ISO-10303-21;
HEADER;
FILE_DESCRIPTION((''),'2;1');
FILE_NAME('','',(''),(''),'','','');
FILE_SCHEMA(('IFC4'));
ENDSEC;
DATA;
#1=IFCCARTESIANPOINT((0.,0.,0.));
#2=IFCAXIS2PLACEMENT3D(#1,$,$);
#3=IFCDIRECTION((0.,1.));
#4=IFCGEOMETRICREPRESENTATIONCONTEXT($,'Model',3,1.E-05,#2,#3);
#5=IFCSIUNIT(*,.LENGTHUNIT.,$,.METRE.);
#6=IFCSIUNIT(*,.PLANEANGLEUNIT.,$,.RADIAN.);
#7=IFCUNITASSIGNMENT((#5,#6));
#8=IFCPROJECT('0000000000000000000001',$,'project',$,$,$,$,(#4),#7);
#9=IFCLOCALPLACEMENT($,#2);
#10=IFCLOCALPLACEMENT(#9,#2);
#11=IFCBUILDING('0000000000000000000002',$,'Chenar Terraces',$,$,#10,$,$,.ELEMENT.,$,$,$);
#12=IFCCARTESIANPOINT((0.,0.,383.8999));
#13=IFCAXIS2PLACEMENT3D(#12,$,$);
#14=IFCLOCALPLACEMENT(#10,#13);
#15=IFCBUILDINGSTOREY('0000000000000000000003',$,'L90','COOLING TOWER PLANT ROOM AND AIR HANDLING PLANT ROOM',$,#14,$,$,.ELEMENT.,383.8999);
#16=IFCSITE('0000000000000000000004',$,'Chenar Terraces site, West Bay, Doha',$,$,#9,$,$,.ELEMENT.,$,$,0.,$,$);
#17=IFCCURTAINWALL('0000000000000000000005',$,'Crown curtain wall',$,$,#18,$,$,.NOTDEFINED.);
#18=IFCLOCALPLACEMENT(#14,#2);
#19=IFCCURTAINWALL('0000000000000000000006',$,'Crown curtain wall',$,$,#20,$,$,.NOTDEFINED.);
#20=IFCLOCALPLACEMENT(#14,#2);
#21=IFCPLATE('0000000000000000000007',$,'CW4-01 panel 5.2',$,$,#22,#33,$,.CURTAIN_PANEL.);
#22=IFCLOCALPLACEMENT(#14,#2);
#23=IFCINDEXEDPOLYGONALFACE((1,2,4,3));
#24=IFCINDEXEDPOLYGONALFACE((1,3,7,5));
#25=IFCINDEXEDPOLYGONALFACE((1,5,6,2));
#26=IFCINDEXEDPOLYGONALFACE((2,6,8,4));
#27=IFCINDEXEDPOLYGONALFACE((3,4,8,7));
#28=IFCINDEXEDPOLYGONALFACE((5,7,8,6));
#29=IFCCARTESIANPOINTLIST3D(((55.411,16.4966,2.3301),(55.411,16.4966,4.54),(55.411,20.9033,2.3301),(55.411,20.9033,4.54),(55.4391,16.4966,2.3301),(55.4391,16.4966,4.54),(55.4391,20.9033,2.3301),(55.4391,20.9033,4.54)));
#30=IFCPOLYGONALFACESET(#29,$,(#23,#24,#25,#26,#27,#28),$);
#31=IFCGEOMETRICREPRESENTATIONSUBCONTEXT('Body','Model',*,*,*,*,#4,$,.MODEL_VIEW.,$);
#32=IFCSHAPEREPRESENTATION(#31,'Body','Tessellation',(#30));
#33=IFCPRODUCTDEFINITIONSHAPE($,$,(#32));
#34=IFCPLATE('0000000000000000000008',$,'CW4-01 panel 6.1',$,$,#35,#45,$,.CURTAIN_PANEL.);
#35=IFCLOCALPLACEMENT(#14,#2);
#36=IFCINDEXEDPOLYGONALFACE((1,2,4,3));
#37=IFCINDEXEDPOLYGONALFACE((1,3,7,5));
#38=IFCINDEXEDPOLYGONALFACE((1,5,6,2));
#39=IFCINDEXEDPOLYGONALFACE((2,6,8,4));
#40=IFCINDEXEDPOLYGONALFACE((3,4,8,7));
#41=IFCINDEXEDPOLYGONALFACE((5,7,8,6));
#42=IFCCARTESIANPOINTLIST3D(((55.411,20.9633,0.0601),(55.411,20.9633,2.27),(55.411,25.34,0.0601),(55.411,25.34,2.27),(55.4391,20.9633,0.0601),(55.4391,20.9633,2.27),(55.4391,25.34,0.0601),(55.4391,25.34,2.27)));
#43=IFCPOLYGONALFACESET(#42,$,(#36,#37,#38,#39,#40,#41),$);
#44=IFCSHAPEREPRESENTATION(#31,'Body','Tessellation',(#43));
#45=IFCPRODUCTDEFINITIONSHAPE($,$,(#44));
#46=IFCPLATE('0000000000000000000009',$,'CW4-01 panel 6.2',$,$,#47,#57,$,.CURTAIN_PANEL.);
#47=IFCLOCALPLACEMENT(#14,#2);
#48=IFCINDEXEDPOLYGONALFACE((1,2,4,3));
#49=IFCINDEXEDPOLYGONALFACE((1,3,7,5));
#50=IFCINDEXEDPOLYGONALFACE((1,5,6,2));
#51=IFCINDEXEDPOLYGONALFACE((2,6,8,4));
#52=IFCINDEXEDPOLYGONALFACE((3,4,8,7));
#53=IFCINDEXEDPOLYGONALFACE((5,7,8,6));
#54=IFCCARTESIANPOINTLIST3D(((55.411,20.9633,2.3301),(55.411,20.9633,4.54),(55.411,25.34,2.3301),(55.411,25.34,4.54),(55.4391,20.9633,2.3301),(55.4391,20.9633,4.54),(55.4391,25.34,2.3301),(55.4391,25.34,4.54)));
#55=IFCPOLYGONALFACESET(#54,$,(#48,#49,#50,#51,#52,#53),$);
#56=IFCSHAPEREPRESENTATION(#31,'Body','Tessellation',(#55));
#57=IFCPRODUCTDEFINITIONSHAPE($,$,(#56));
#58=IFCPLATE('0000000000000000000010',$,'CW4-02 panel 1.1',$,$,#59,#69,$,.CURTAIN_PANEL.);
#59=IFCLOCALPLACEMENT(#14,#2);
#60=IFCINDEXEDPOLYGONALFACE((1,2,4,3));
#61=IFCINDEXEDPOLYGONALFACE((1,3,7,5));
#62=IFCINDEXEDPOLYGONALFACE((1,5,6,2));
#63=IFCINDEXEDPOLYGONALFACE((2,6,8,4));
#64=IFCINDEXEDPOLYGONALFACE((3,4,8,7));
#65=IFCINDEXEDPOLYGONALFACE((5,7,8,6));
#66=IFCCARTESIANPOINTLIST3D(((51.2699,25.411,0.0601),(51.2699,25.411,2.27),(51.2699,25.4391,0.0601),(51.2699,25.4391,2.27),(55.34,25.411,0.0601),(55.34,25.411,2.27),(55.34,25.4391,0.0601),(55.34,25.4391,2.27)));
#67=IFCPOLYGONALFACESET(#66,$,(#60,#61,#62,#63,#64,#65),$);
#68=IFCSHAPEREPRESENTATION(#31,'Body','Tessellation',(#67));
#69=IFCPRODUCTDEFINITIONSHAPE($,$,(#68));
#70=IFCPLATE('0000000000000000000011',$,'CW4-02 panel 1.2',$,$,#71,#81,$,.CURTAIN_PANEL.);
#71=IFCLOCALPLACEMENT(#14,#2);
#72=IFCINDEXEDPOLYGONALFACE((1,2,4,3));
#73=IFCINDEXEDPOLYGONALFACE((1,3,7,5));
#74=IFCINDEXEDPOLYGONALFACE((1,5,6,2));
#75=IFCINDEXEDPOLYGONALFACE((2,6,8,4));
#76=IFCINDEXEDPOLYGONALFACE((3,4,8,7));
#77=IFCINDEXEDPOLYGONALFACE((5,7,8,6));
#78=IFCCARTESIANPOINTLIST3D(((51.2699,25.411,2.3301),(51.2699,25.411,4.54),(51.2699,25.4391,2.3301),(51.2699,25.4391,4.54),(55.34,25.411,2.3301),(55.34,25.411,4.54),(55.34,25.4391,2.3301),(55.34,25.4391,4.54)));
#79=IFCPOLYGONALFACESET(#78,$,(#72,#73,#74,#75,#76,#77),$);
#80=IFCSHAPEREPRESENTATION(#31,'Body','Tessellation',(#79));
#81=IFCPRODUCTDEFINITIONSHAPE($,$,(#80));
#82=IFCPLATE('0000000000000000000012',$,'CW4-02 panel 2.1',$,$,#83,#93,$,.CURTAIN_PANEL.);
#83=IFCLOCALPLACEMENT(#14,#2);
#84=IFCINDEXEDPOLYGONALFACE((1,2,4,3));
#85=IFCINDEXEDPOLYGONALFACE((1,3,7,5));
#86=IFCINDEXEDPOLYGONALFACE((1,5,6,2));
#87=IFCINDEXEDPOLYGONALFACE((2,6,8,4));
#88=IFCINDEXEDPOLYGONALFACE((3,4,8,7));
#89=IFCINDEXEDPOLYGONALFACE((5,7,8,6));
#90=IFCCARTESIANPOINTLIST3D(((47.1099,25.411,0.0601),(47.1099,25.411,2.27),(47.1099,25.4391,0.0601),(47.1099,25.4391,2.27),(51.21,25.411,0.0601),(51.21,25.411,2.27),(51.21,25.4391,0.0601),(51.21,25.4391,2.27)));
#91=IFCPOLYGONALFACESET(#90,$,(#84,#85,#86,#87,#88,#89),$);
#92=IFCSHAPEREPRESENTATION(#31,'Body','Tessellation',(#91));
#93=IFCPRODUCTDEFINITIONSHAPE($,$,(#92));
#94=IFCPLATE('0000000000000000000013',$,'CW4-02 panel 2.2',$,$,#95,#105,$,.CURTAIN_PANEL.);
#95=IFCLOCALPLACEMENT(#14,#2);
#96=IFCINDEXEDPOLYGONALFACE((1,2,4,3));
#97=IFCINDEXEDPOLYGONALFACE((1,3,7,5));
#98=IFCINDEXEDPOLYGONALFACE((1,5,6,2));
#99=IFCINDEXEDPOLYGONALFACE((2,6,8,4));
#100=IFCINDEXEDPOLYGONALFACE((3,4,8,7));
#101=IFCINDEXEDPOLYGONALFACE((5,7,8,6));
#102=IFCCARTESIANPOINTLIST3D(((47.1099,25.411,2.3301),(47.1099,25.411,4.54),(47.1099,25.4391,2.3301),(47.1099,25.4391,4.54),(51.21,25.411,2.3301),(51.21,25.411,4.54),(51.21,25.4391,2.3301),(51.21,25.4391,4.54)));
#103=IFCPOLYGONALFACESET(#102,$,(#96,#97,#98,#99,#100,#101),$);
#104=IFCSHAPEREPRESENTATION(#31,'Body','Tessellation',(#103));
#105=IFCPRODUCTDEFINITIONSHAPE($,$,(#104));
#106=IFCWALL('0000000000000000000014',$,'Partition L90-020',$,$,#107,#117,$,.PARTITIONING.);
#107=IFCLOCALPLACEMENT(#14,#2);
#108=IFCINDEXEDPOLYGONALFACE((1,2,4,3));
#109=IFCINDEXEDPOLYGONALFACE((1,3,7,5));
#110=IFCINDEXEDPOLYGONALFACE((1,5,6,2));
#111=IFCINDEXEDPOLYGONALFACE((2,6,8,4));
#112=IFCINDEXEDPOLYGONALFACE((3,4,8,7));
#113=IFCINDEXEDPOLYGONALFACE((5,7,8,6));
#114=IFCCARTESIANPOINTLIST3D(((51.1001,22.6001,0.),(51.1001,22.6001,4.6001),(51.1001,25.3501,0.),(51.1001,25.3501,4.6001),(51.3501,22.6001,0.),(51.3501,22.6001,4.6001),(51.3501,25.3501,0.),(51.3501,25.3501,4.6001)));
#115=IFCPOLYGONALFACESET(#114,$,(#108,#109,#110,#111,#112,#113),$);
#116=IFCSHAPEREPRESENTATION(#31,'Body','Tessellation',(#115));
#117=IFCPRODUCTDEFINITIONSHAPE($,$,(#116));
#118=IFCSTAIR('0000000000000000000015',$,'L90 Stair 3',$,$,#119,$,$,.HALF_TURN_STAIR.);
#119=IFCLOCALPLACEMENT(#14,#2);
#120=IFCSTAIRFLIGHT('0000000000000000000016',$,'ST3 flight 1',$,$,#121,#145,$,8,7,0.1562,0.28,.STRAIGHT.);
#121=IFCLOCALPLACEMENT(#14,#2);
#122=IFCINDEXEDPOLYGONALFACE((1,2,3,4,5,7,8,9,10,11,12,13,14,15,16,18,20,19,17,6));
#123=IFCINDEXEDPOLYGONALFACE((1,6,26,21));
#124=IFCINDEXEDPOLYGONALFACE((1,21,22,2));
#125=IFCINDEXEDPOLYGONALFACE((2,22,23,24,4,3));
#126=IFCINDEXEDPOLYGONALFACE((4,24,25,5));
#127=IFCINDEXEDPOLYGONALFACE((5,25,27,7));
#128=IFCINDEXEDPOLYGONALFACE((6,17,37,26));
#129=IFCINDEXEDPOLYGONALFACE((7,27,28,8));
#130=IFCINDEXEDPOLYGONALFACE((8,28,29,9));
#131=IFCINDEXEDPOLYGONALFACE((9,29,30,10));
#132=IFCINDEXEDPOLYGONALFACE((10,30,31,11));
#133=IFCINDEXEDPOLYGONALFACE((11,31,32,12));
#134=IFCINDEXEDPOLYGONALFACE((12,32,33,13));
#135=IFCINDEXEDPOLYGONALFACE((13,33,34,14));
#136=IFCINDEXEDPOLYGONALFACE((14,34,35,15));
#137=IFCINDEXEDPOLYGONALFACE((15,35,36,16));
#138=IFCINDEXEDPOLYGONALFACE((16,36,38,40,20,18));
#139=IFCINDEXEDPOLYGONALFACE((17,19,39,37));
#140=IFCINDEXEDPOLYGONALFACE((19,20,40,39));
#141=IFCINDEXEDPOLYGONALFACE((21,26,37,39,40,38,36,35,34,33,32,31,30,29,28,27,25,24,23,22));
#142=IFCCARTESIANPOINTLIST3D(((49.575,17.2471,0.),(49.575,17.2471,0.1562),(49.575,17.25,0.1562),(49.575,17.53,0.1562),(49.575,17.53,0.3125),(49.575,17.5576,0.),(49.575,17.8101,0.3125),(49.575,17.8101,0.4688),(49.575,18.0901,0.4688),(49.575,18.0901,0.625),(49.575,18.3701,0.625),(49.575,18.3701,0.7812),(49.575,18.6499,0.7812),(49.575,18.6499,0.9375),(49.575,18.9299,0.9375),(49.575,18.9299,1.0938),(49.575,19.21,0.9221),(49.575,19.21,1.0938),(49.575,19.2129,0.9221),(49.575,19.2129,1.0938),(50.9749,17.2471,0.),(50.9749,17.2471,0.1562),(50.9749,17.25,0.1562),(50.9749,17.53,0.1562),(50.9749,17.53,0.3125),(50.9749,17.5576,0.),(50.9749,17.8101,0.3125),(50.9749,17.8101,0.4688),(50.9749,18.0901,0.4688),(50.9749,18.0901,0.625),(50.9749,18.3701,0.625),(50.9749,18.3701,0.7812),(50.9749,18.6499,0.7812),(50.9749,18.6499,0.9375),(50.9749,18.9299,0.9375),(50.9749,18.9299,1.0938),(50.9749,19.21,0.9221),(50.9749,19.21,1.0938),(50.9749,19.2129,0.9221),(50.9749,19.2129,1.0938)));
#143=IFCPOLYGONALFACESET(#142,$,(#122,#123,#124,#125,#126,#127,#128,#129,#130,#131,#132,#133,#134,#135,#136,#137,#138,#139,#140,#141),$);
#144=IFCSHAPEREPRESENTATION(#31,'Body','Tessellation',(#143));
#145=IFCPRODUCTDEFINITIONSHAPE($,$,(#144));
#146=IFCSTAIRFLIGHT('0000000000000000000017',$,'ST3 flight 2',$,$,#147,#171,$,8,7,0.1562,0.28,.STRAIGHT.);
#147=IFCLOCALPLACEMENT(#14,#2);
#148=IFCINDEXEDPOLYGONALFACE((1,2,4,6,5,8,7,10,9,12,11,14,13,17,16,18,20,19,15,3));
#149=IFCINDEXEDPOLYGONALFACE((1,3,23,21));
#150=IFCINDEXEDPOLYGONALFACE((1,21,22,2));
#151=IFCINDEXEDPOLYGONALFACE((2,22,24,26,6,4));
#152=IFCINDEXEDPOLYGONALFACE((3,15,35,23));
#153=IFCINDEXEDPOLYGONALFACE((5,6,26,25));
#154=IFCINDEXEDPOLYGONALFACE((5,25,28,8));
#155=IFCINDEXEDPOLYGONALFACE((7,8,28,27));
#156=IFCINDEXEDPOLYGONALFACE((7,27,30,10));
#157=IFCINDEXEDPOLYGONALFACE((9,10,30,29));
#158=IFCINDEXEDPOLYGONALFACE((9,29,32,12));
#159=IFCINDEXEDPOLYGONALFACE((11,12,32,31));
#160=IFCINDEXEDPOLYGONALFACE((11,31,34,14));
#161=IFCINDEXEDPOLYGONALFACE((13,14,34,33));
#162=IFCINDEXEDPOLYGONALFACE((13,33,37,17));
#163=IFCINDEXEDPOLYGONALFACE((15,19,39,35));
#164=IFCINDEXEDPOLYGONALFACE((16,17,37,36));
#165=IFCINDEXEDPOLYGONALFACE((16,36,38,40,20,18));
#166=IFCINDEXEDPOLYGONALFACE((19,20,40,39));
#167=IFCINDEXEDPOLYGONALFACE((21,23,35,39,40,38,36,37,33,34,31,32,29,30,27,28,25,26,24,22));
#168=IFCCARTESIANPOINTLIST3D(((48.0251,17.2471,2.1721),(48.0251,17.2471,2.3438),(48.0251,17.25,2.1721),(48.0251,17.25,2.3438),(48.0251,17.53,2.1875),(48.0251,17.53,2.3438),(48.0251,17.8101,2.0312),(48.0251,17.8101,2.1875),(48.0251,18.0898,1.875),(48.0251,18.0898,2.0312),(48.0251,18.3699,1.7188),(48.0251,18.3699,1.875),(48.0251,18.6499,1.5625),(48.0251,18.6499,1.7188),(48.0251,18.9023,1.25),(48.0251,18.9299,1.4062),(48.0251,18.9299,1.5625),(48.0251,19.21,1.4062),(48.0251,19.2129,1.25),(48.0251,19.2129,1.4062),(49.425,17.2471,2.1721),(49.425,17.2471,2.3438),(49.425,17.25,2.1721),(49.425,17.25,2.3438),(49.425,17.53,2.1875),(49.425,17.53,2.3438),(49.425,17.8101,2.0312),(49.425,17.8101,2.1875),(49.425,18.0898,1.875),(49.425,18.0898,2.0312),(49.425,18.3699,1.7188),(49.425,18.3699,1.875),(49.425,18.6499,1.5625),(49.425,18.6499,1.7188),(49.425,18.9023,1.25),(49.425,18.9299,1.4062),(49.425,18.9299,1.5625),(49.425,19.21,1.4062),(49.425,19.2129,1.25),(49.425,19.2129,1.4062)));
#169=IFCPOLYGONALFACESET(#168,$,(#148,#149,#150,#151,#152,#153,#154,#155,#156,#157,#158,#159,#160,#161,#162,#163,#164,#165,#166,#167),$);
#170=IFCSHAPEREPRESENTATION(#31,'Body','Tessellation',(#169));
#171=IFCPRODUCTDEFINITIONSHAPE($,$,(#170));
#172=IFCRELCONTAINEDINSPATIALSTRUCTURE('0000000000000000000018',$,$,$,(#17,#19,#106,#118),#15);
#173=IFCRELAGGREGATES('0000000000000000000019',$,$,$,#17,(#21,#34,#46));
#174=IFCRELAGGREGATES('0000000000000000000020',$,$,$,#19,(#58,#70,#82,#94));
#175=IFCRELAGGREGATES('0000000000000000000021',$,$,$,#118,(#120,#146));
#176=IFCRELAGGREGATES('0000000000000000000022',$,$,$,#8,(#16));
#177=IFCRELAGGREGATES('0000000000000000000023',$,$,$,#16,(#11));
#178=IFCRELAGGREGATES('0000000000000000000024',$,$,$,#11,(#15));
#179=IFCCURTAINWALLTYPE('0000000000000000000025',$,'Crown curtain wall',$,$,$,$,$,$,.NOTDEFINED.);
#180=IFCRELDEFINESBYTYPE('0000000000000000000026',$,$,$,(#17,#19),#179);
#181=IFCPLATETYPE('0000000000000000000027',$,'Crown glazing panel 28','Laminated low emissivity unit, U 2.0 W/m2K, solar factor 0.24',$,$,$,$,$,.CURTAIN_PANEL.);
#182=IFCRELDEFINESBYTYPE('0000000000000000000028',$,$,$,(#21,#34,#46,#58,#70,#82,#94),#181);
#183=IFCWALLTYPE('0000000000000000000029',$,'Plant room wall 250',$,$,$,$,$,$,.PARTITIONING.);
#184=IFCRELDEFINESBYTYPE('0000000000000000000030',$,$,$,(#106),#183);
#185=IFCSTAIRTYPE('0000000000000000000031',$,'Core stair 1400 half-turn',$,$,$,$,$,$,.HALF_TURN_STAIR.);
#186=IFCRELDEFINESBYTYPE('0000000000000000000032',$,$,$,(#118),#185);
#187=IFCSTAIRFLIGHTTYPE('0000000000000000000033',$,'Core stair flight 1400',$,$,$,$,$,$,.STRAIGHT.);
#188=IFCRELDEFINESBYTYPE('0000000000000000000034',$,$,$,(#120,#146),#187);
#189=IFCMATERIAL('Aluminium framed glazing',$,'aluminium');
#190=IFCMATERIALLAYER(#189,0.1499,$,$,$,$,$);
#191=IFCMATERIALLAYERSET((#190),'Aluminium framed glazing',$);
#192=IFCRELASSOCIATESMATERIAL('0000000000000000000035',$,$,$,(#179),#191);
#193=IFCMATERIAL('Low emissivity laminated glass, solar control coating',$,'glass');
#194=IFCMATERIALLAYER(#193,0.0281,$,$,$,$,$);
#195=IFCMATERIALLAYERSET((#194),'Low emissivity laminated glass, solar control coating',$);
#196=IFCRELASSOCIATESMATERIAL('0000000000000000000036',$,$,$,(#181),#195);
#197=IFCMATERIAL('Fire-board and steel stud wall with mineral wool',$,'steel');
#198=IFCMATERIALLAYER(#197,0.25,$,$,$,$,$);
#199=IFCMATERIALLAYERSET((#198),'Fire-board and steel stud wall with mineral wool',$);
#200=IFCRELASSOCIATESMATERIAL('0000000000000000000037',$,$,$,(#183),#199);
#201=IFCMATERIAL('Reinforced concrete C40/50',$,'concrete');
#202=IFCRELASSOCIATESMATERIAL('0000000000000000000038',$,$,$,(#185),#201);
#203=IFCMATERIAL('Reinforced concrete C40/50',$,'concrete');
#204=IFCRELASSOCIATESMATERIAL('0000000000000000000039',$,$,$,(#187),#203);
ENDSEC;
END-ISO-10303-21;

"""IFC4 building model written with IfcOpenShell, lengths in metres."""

from ifc_helpers import new_model, si_unit, direction, frame, frame_2d, origin, origin_2d, place, context, subcontext, project, spatial, polyline, rectangle, outline, extrude, material, layer, layer_set, type_object, element, aggregate, save


model = new_model("IFC4")

# Units and contexts
model_context = context("Model", 3, precision=1e-05, world=origin(), true_north=direction((0.0, 1.0)))
body_context = subcontext(model_context, "Body", "Model", "MODEL_VIEW")
ifc_project = project(units=[si_unit("LENGTHUNIT", "METRE"), si_unit("PLANEANGLEUNIT", "RADIAN")], contexts=[model_context])

# Site, building, storey
site_placement = place(None, origin())
site = spatial("IfcSite", under=ifc_project, at=site_placement, Name="Chenar Terraces site, West Bay, Doha", CompositionType="ELEMENT", RefElevation=0.0)
building_placement = place(site_placement, origin())
building = spatial("IfcBuilding", under=site, at=building_placement, Name="Chenar Terraces", CompositionType="ELEMENT")
storey_placement = place(building_placement, frame((0.0, 0.0, 383.8999)))
storey = spatial("IfcBuildingStorey", under=building, at=storey_placement, Name="L90", Description="COOLING TOWER PLANT ROOM AND AIR HANDLING PLANT ROOM", CompositionType="ELEMENT", Elevation=383.8999)

# Curtain walls
ifc_material_1 = material(Name="Aluminium framed glazing", Category="aluminium")
ifc_layer_1 = layer(ifc_material_1, 0.1499)
ifc_layer_set_1 = layer_set([ifc_layer_1], Name="Aluminium framed glazing")
curtain_wall_type = type_object("IfcCurtainWallType", Name="Crown curtain wall", PredefinedType="NOTDEFINED", material=ifc_layer_set_1)
placement = place(storey_placement, origin())
curtain_wall_1 = element("IfcCurtainWall", 1, at=placement, inside=storey, type_object=curtain_wall_type, Name="Crown curtain wall", PredefinedType="NOTDEFINED")
curtain_wall_2 = element("IfcCurtainWall", 2, at=placement, inside=storey, type_object=curtain_wall_type, Name="Crown curtain wall", PredefinedType="NOTDEFINED")

# Plates
ifc_material_2 = material(Name="Low emissivity laminated glass, solar control coating", Category="glass")
ifc_layer_2 = layer(ifc_material_2, 0.0281)
ifc_layer_set_2 = layer_set([ifc_layer_2], Name="Low emissivity laminated glass, solar control coating")
plate_type = type_object("IfcPlateType", Name="Crown glazing panel 28", Description="Laminated low emissivity unit, U 2.0 W/m2K, solar factor 0.24", PredefinedType="CURTAIN_PANEL", material=ifc_layer_set_2)
plate_1_placement = place(storey_placement, frame((55.425, 18.7, 2.3301), z_axis=(0.0, 0.0, 1.0), x_axis=(0.0, 1.0, 0.0)))
plate_1 = element("IfcPlate", 3, at=plate_1_placement, type_object=plate_type, Name="CW4-01 panel 5.2", PredefinedType="CURTAIN_PANEL", context=body_context, shape_type="SweptSolid", body=[
    extrude(rectangle(XDim=4.4067, YDim=0.0281, at=origin_2d()), origin(), (0.0, 0.0, 1.0), 2.21),
])
plate_2_placement = place(storey_placement, frame((55.425, 23.1516, 0.0601), z_axis=(0.0, 0.0, 1.0), x_axis=(0.0, 1.0, 0.0)))
plate_2 = element("IfcPlate", 4, at=plate_2_placement, type_object=plate_type, Name="CW4-01 panel 6.1", PredefinedType="CURTAIN_PANEL", context=body_context, shape_type="SweptSolid", body=[
    extrude(rectangle(XDim=4.3767, YDim=0.0281, at=origin_2d()), origin(), (0.0, 0.0, 1.0), 2.21),
])
plate_3_placement = place(storey_placement, frame((55.425, 23.1516, 2.3301), z_axis=(0.0, 0.0, 1.0), x_axis=(0.0, 1.0, 0.0)))
plate_3 = element("IfcPlate", 5, at=plate_3_placement, type_object=plate_type, Name="CW4-01 panel 6.2", PredefinedType="CURTAIN_PANEL", context=body_context, shape_type="SweptSolid", body=[
    extrude(rectangle(XDim=4.3767, YDim=0.0281, at=origin_2d()), origin(), (0.0, 0.0, 1.0), 2.21),
])
aggregate(curtain_wall_1, [plate_1, plate_2, plate_3])
plate_4_placement = place(storey_placement, frame((53.3049, 25.425, 0.0601), z_axis=(0.0, 0.0, 1.0), x_axis=(-1.0, 0.0, 0.0)))
plate_4 = element("IfcPlate", 6, at=plate_4_placement, type_object=plate_type, Name="CW4-02 panel 1.1", PredefinedType="CURTAIN_PANEL", context=body_context, shape_type="SweptSolid", body=[
    extrude(rectangle(XDim=4.0701, YDim=0.0281, at=origin_2d()), origin(), (0.0, 0.0, 1.0), 2.21),
])
plate_5_placement = place(storey_placement, frame((53.3049, 25.425, 2.3301), z_axis=(0.0, 0.0, 1.0), x_axis=(-1.0, 0.0, 0.0)))
plate_5 = element("IfcPlate", 7, at=plate_5_placement, type_object=plate_type, Name="CW4-02 panel 1.2", PredefinedType="CURTAIN_PANEL", context=body_context, shape_type="SweptSolid", body=[
    extrude(rectangle(XDim=4.0701, YDim=0.0281, at=origin_2d()), origin(), (0.0, 0.0, 1.0), 2.21),
])
plate_6_placement = place(storey_placement, frame((49.1599, 25.425, 0.0601), z_axis=(0.0, 0.0, 1.0), x_axis=(-1.0, 0.0, 0.0)))
plate_6 = element("IfcPlate", 8, at=plate_6_placement, type_object=plate_type, Name="CW4-02 panel 2.1", PredefinedType="CURTAIN_PANEL", context=body_context, shape_type="SweptSolid", body=[
    extrude(rectangle(XDim=4.1001, YDim=0.0281, at=origin_2d()), origin(), (0.0, 0.0, 1.0), 2.21),
])
plate_7_placement = place(storey_placement, frame((49.1599, 25.425, 2.3301), z_axis=(0.0, 0.0, 1.0), x_axis=(-1.0, 0.0, 0.0)))
plate_7 = element("IfcPlate", 9, at=plate_7_placement, type_object=plate_type, Name="CW4-02 panel 2.2", PredefinedType="CURTAIN_PANEL", context=body_context, shape_type="SweptSolid", body=[
    extrude(rectangle(XDim=4.1001, YDim=0.0281, at=origin_2d()), origin(), (0.0, 0.0, 1.0), 2.21),
])
aggregate(curtain_wall_2, [plate_4, plate_5, plate_6, plate_7])

# Wall
ifc_material_3 = material(Name="Fire-board and steel stud wall with mineral wool", Category="steel")
ifc_layer_3 = layer(ifc_material_3, 0.25)
ifc_layer_set_3 = layer_set([ifc_layer_3], Name="Fire-board and steel stud wall with mineral wool")
wall_type = type_object("IfcWallType", Name="Plant room wall 250", PredefinedType="PARTITIONING", material=ifc_layer_set_3)
wall_placement = place(storey_placement, frame((51.2251, 22.6001, 0.0), z_axis=(0.0, 0.0, 1.0), x_axis=(0.0, 1.0, 0.0)))
element("IfcWall", 10, at=wall_placement, inside=storey, type_object=wall_type, Name="Partition L90-020", PredefinedType="PARTITIONING", context=body_context, shape_type="SweptSolid", body=[
    extrude(rectangle(XDim=2.75, YDim=0.25, at=frame_2d((1.375, 0.0))), origin(), (0.0, 0.0, 1.0), 4.6001),
])

# Stair, stair flights
ifc_material_4 = material(Name="Reinforced concrete C40/50", Category="concrete")
stair_type = type_object("IfcStairType", Name="Core stair 1400 half-turn", PredefinedType="HALF_TURN_STAIR", material=ifc_material_4)
stair = element("IfcStair", 11, at=placement, inside=storey, type_object=stair_type, Name="L90 Stair 3", PredefinedType="HALF_TURN_STAIR")
ifc_material_5 = material(Name="Reinforced concrete C40/50", Category="concrete")
stair_flight_type = type_object("IfcStairFlightType", Name="Core stair flight 1400", PredefinedType="STRAIGHT", material=ifc_material_5)
stair_flight_1_placement = place(storey_placement, frame((50.2749, 17.25, 0.0), z_axis=(0.0, 0.0, 1.0), x_axis=(0.0, 1.0, 0.0)))
stair_flight_1 = element("IfcStairFlight", 12, at=stair_flight_1_placement, type_object=stair_flight_type, Name="ST3 flight 1", NumberOfRisers=8, NumberOfTreads=7, PredefinedType="STRAIGHT", RiserHeight=0.1562, TreadLength=0.28, context=body_context, shape_type="SweptSolid", body=[
    extrude(outline(polyline([(-0.0029, 0.0), (-0.0029, 0.1562), (0.0, 0.1562), (0.28, 0.1562), (0.28, 0.3125), (0.5601, 0.3125), (0.5601, 0.4688), (0.8401, 0.4688), (0.8401, 0.625), (1.1201, 0.625), (1.1201, 0.7812), (1.3999, 0.7812), (1.3999, 0.9375), (1.6799, 0.9375), (1.6799, 1.0938), (1.96, 1.0938), (1.9629, 1.0938), (1.9629, 0.9221), (1.96, 0.9221), (0.3076, 0.0), (-0.0029, 0.0)])), frame((0.0, 0.7, 0.0), z_axis=(0.0, -1.0, 0.0), x_axis=(1.0, 0.0, 0.0)), (0.0, 0.0, 1.0), 1.3999),
])
stair_flight_2_placement = place(storey_placement, frame((48.7251, 19.21, 1.25), z_axis=(0.0, 0.0, 1.0), x_axis=(0.0, -1.0, 0.0)))
stair_flight_2 = element("IfcStairFlight", 13, at=stair_flight_2_placement, type_object=stair_flight_type, Name="ST3 flight 2", NumberOfRisers=8, NumberOfTreads=7, PredefinedType="STRAIGHT", RiserHeight=0.1562, TreadLength=0.28, context=body_context, shape_type="SweptSolid", body=[
    extrude(outline(polyline([(-0.0029, 0.0), (-0.0029, 0.1562), (0.0, 0.1562), (0.28, 0.1562), (0.28, 0.3125), (0.5601, 0.3125), (0.5601, 0.4688), (0.8401, 0.4688), (0.8401, 0.625), (1.1201, 0.625), (1.1201, 0.7812), (1.3999, 0.7812), (1.3999, 0.9375), (1.6799, 0.9375), (1.6799, 1.0938), (1.96, 1.0938), (1.9629, 1.0938), (1.9629, 0.9221), (1.96, 0.9221), (0.3076, 0.0), (-0.0029, 0.0)])), frame((0.0, 0.7, 0.0), z_axis=(0.0, -1.0, 0.0), x_axis=(1.0, 0.0, 0.0)), (0.0, 0.0, 1.0), 1.3999),
])
aggregate(stair, [stair_flight_1, stair_flight_2])

save(model, "model.ifc")
